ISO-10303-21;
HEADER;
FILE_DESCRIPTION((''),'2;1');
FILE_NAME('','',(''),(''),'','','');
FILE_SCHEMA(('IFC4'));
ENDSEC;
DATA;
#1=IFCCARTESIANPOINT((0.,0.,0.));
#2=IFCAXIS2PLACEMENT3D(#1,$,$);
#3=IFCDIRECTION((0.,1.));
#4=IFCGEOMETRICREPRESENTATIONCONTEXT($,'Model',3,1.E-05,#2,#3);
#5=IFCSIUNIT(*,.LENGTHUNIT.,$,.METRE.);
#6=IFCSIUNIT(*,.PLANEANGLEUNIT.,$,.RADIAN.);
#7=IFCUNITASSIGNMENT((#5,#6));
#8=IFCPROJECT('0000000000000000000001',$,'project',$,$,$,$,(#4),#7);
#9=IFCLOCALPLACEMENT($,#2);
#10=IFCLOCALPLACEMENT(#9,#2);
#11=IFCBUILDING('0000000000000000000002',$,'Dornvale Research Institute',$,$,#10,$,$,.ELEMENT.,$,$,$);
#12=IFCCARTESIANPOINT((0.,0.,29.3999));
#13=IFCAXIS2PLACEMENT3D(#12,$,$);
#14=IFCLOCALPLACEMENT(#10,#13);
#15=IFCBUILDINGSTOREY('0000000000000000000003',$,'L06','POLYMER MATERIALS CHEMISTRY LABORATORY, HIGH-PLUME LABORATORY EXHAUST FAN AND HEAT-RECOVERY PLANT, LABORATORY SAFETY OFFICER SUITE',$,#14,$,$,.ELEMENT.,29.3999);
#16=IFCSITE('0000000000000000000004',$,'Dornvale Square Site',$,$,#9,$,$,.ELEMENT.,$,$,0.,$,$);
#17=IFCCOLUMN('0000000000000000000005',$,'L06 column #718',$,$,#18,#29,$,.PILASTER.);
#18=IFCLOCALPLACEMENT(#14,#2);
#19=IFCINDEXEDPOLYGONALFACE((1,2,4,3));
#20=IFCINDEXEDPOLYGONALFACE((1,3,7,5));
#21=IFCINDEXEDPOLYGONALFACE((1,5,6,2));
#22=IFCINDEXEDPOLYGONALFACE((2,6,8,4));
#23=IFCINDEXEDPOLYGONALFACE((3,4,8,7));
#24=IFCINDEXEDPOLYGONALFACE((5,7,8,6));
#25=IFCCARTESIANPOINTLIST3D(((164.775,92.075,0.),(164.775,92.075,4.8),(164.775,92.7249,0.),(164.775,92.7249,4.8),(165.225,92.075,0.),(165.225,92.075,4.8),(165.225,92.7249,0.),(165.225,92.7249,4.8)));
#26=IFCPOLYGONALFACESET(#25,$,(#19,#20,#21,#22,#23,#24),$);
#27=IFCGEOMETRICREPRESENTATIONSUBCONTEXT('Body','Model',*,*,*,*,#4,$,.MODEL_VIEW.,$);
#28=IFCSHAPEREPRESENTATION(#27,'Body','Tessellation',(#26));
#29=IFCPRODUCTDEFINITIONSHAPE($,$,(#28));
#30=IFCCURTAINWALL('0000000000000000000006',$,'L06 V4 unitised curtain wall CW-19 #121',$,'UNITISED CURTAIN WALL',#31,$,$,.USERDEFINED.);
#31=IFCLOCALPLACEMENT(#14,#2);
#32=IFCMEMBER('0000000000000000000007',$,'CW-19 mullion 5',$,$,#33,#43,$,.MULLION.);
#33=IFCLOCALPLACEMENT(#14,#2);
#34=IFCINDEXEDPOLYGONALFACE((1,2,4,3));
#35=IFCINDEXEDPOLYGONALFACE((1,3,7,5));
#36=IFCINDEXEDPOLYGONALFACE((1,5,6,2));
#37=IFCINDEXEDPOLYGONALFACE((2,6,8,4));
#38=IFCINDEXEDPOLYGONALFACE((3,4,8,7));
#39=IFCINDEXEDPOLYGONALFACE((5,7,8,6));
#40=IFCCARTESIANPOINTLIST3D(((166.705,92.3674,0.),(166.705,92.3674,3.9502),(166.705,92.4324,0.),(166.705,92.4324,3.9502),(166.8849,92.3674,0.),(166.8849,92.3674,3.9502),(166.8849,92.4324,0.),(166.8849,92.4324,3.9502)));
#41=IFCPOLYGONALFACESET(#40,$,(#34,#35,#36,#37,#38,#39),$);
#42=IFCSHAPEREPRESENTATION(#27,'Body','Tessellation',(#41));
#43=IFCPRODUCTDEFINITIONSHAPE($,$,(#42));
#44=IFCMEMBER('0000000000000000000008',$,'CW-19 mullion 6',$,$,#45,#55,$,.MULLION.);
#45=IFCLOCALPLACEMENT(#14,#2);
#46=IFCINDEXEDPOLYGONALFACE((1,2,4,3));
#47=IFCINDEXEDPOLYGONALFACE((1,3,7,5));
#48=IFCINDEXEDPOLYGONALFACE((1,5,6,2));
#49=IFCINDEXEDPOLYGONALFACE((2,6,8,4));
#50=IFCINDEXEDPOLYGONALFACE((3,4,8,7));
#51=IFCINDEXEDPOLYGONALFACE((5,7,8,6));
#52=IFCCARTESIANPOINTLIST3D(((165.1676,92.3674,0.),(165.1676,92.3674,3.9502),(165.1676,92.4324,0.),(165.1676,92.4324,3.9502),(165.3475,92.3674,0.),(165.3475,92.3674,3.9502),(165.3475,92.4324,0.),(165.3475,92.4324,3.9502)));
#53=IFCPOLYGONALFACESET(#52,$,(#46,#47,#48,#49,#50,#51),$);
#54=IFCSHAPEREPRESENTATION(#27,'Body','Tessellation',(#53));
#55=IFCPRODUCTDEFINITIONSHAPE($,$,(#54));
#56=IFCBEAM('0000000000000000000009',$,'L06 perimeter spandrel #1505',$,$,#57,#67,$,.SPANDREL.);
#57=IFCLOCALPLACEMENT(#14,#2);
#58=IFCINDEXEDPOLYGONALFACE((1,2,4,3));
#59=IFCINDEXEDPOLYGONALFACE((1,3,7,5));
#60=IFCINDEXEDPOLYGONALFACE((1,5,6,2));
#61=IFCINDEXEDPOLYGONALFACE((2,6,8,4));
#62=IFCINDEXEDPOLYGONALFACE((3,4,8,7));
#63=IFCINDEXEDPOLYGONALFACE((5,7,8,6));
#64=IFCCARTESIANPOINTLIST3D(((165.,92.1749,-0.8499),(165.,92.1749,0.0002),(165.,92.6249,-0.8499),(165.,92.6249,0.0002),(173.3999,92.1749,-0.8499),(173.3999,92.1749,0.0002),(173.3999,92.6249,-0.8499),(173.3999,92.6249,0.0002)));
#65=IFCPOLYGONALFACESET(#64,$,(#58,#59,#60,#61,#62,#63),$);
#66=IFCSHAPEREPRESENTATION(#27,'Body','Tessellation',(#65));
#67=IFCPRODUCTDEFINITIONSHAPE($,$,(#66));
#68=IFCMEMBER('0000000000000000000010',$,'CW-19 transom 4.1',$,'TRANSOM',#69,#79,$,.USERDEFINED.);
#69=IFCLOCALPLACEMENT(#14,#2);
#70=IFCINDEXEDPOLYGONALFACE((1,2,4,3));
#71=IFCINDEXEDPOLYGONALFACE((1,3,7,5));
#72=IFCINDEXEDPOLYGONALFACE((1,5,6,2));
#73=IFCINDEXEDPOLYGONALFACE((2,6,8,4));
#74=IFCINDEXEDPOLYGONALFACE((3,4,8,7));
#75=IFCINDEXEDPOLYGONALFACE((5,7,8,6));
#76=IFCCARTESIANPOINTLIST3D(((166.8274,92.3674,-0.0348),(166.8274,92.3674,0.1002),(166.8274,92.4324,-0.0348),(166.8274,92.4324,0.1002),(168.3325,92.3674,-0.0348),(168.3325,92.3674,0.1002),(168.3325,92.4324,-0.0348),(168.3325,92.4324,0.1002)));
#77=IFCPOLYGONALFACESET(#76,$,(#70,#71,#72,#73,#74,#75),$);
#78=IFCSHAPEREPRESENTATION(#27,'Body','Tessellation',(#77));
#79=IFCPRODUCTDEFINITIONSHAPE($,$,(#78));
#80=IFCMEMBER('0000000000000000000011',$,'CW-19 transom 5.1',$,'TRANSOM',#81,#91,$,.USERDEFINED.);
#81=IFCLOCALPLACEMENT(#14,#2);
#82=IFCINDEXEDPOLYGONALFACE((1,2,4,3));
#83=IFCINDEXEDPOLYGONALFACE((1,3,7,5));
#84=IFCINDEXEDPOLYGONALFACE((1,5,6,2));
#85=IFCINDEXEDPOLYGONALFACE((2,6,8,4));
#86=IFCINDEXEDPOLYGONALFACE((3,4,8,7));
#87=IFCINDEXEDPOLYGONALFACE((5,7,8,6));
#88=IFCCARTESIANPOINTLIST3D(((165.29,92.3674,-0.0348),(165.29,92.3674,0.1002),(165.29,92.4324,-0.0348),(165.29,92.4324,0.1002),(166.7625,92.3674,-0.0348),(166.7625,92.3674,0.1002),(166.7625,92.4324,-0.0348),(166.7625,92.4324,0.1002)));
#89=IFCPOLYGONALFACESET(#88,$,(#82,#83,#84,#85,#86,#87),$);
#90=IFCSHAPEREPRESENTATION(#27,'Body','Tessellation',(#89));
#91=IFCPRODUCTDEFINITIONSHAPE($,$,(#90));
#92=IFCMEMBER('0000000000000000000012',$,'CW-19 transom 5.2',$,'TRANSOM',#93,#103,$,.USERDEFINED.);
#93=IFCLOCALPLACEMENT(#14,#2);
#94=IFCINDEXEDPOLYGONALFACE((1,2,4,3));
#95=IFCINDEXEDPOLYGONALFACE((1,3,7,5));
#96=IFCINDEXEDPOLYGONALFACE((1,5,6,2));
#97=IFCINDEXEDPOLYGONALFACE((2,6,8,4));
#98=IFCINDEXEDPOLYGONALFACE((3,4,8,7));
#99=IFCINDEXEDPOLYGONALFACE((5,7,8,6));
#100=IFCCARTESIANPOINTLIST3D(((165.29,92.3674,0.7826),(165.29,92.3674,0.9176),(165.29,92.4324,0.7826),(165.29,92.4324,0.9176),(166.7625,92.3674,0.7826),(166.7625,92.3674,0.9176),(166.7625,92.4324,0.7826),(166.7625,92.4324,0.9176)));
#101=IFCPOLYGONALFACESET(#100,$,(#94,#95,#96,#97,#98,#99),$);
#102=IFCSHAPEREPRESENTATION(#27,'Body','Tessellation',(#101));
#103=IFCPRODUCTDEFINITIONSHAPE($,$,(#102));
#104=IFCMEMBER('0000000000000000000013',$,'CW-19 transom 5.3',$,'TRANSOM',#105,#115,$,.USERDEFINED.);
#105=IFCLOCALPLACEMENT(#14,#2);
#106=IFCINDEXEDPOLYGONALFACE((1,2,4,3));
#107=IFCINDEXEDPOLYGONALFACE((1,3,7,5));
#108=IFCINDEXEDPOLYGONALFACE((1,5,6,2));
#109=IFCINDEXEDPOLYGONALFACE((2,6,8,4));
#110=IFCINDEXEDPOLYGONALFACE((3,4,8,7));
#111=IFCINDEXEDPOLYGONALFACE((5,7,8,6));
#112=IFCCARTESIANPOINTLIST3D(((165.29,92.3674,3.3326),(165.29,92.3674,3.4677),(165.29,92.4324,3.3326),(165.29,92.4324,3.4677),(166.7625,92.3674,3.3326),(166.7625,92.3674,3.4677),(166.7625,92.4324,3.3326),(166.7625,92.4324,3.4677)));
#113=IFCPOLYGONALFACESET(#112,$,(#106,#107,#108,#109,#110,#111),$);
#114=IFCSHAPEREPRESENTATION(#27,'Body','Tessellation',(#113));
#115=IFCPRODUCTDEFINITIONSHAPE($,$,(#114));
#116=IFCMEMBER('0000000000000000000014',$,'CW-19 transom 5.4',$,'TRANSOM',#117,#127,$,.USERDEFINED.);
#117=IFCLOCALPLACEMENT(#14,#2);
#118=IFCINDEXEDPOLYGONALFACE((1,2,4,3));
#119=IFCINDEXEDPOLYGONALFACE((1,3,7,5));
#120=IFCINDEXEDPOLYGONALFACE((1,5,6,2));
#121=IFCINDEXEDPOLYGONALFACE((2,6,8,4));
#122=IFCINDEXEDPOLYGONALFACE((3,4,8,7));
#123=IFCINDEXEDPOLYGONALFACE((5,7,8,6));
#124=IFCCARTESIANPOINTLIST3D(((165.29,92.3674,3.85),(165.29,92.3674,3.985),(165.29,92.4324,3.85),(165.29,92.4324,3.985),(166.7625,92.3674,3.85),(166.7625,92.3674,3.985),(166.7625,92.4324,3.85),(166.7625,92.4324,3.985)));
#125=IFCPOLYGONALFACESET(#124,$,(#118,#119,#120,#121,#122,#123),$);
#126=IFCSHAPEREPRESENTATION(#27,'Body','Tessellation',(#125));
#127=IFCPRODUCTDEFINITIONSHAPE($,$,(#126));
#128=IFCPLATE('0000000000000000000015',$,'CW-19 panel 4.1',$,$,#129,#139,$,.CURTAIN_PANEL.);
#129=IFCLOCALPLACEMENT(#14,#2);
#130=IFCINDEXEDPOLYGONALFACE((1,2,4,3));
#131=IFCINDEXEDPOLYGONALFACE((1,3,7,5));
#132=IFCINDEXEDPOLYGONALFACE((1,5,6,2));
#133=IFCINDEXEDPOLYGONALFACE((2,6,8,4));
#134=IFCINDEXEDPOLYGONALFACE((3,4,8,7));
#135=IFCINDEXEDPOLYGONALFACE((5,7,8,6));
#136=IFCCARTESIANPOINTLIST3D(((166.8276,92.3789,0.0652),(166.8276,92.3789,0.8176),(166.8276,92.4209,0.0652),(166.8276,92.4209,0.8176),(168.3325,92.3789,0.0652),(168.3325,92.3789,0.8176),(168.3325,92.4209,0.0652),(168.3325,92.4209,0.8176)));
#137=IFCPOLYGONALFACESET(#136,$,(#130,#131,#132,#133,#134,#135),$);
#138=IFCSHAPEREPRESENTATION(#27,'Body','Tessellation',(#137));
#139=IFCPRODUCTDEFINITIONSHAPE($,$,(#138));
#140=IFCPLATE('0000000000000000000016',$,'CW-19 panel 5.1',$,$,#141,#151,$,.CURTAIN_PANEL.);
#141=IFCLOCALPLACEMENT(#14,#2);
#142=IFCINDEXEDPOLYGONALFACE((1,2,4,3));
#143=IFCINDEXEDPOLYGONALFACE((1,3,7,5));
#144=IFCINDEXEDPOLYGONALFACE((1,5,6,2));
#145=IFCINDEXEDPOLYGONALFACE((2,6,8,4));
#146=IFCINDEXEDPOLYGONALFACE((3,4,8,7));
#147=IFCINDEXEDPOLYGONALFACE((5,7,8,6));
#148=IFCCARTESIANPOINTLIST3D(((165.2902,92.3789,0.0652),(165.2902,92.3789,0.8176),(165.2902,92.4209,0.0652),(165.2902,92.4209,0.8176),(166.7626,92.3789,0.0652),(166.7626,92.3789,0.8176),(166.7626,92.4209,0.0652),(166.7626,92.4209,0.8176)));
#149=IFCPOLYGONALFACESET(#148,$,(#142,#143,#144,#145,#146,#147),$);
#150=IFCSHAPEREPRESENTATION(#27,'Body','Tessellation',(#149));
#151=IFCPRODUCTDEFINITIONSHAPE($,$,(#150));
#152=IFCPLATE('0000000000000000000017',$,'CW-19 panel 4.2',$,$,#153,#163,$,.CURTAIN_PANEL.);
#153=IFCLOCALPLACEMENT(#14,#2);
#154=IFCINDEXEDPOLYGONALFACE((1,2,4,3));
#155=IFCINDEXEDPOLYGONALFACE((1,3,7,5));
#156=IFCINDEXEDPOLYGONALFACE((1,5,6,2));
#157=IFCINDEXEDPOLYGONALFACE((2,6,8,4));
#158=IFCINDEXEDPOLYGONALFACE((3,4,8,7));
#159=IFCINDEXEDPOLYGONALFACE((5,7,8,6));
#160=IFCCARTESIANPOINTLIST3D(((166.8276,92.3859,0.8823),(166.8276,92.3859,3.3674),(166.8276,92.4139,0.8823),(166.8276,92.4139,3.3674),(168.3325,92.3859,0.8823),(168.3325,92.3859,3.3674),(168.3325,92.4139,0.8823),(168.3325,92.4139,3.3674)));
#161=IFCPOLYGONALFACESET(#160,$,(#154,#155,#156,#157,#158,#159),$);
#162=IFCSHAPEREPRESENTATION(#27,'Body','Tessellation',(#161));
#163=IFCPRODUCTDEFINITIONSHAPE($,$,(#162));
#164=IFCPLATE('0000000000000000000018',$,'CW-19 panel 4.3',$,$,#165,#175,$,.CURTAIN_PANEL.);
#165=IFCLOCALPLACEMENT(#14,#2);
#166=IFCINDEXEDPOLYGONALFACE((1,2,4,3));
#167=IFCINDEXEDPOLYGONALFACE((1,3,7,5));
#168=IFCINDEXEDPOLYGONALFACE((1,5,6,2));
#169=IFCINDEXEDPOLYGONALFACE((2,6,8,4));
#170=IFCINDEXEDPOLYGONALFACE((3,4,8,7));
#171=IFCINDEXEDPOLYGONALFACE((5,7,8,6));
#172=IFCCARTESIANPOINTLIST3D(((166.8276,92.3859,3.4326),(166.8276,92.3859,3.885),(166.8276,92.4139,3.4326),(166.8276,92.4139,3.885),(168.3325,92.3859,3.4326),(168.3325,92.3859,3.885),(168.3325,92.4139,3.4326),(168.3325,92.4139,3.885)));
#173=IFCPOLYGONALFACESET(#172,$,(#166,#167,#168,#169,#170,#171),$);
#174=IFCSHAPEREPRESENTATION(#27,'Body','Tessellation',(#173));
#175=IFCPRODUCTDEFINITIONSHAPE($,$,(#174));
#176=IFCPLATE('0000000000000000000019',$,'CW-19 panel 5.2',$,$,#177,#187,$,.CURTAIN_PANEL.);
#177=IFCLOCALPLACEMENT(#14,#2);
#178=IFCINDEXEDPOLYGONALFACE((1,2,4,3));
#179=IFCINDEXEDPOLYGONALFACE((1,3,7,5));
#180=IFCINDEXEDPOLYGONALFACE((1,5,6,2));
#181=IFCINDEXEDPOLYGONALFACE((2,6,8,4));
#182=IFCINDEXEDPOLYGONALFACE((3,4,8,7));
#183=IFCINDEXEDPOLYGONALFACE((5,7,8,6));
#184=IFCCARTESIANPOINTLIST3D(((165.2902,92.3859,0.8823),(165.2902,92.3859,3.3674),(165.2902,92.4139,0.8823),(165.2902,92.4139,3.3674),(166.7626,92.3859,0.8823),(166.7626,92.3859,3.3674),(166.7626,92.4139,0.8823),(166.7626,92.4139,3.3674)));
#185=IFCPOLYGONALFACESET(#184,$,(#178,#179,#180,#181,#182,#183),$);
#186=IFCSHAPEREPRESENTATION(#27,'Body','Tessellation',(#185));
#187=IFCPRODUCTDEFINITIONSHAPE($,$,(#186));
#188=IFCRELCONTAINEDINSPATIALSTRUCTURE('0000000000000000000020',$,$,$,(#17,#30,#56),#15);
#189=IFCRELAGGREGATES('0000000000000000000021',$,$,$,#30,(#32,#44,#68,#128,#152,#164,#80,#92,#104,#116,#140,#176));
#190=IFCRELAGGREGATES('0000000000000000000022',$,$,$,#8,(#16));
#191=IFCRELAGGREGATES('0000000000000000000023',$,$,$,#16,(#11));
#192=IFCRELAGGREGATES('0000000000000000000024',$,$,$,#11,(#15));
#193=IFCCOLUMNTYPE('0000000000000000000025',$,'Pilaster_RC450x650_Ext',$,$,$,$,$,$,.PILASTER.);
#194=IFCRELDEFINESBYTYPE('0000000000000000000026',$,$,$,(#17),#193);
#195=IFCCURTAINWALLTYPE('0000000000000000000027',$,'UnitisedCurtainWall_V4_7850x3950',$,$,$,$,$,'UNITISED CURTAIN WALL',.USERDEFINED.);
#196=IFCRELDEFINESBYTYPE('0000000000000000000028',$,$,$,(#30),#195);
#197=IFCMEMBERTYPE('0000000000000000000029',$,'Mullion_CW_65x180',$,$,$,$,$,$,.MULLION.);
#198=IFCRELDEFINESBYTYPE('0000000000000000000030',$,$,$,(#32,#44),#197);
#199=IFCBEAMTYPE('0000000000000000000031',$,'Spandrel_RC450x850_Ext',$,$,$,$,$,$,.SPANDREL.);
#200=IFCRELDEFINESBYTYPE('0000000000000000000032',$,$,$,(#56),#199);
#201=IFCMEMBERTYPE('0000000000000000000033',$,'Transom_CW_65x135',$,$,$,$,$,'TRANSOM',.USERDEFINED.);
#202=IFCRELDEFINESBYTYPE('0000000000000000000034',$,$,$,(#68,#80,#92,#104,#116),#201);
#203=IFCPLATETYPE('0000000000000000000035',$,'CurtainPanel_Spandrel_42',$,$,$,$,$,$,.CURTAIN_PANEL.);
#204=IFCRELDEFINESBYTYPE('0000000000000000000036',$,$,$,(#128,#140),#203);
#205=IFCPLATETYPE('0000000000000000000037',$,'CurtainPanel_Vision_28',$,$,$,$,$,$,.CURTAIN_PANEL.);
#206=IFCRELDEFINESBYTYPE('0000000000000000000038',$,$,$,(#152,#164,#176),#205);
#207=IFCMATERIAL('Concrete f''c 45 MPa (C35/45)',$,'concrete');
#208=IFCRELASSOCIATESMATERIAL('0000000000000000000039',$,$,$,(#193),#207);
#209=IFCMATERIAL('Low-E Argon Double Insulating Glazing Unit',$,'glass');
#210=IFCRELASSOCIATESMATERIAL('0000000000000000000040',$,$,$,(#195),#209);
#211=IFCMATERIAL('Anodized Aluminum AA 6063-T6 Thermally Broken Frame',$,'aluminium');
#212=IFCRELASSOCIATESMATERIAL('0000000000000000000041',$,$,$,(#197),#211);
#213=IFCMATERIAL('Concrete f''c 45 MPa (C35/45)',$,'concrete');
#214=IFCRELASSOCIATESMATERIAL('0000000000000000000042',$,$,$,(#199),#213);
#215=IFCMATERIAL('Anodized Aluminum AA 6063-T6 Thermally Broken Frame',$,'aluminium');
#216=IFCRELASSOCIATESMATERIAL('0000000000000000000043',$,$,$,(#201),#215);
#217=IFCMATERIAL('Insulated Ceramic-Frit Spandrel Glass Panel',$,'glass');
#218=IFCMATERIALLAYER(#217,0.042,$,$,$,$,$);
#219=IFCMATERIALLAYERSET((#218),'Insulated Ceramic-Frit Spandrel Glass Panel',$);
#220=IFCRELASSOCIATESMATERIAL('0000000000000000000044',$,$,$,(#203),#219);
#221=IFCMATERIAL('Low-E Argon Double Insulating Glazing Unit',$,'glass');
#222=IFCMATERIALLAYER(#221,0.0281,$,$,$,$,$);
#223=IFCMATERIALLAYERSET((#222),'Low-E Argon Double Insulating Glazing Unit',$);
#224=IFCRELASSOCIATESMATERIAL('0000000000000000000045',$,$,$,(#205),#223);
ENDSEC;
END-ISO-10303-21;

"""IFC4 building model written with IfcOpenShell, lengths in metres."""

from ifc_helpers import new_model, si_unit, direction, frame, origin, origin_2d, place, context, subcontext, project, spatial, rectangle, extrude, material, layer, layer_set, material_profile, profile_set, type_object, element, aggregate, save


model = new_model("IFC4")

# Units and contexts
model_context = context("Model", 3, precision=1e-05, world=origin(), true_north=direction((0.0, 1.0)))
body_context = subcontext(model_context, "Body", "Model", "MODEL_VIEW")
ifc_project = project(units=[si_unit("LENGTHUNIT", "METRE"), si_unit("PLANEANGLEUNIT", "RADIAN")], contexts=[model_context])

# Site, building, storey
site_placement = place(None, origin())
site = spatial("IfcSite", under=ifc_project, at=site_placement, Name="Dornvale Square Site", CompositionType="ELEMENT", RefElevation=0.0)
building_placement = place(site_placement, origin())
building = spatial("IfcBuilding", under=site, at=building_placement, Name="Dornvale Research Institute", CompositionType="ELEMENT")
storey_placement = place(building_placement, frame((0.0, 0.0, 29.3999)))
storey = spatial("IfcBuildingStorey", under=building, at=storey_placement, Name="L06", Description="POLYMER MATERIALS CHEMISTRY LABORATORY, HIGH-PLUME LABORATORY EXHAUST FAN AND HEAT-RECOVERY PLANT, LABORATORY SAFETY OFFICER SUITE", CompositionType="ELEMENT", Elevation=29.3999)

# Column
ifc_material_1 = material(Name="Concrete f'c 45 MPa (C35/45)", Category="concrete")
ifc_material_profile_1 = material_profile(ifc_material_1, rectangle(XDim=0.45, YDim=0.6499, at=origin_2d()), Name="RC 450x650")
ifc_profile_set_1 = profile_set([ifc_material_profile_1], Name="Concrete f'c 45 MPa (C35/45)")
column_type = type_object("IfcColumnType", Name="Pilaster_RC450x650_Ext", PredefinedType="PILASTER", material=ifc_profile_set_1)
column_placement = place(storey_placement, frame((165.0, 92.3999, 0.0), z_axis=(0.0, 0.0, 1.0), x_axis=(1.0, 0.0, 0.0)))
element("IfcColumn", 1, at=column_placement, inside=storey, type_object=column_type, Name="L06 column #718", PredefinedType="PILASTER", context=body_context, shape_type="SweptSolid", body=[
    extrude(rectangle(XDim=0.45, YDim=0.6499, at=origin_2d()), origin(), (0.0, 0.0, 1.0), 4.8),
])

# Curtain wall, members
ifc_material_2 = material(Name="Low-E Argon Double Insulating Glazing Unit", Category="glass")
curtain_wall_type = type_object("IfcCurtainWallType", Name="UnitisedCurtainWall_V4_7850x3950", ElementType="UNITISED CURTAIN WALL", PredefinedType="USERDEFINED", material=ifc_material_2)
curtain_wall_placement = place(storey_placement, origin())
curtain_wall = element("IfcCurtainWall", 2, at=curtain_wall_placement, inside=storey, type_object=curtain_wall_type, Name="L06 V4 unitised curtain wall CW-19 #121", ObjectType="UNITISED CURTAIN WALL", PredefinedType="USERDEFINED")
ifc_material_3 = material(Name="Anodized Aluminum AA 6063-T6 Thermally Broken Frame", Category="aluminium")
ifc_material_profile_2 = material_profile(ifc_material_3, rectangle(XDim=0.0649, YDim=0.1799, at=origin_2d()), Name="ALU MULLION 65x180")
ifc_profile_set_2 = profile_set([ifc_material_profile_2], Name="Anodized Aluminum AA 6063-T6 Thermally Broken Frame")
member_type_1 = type_object("IfcMemberType", Name="Mullion_CW_65x180", PredefinedType="MULLION", material=ifc_profile_set_2)
member_1_placement = place(storey_placement, frame((166.7949, 92.3999, 0.0), z_axis=(0.0, 0.0, 1.0), x_axis=(0.0, -1.0, 0.0)))
member_1 = element("IfcMember", 3, at=member_1_placement, type_object=member_type_1, Name="CW-19 mullion 5", PredefinedType="MULLION", context=body_context, shape_type="SweptSolid", body=[
    extrude(rectangle(XDim=0.0649, YDim=0.1799, at=origin_2d()), origin(), (0.0, 0.0, 1.0), 3.9502),
])
member_2_placement = place(storey_placement, frame((165.2576, 92.3999, 0.0), z_axis=(0.0, 0.0, 1.0), x_axis=(0.0, -1.0, 0.0)))
member_2 = element("IfcMember", 4, at=member_2_placement, type_object=member_type_1, Name="CW-19 mullion 6", PredefinedType="MULLION", context=body_context, shape_type="SweptSolid", body=[
    extrude(rectangle(XDim=0.0649, YDim=0.1799, at=origin_2d()), origin(), (0.0, 0.0, 1.0), 3.9502),
])

# Beam
ifc_material_4 = material(Name="Concrete f'c 45 MPa (C35/45)", Category="concrete")
ifc_material_profile_3 = material_profile(ifc_material_4, rectangle(XDim=0.45, YDim=0.8501, at=origin_2d()), Name="RC 450x850")
ifc_profile_set_3 = profile_set([ifc_material_profile_3], Name="Concrete f'c 45 MPa (C35/45)")
beam_type = type_object("IfcBeamType", Name="Spandrel_RC450x850_Ext", PredefinedType="SPANDREL", material=ifc_profile_set_3)
beam_placement = place(storey_placement, frame((165.0, 92.3999, -0.4248), z_axis=(1.0, 0.0, 0.0), x_axis=(0.0, 1.0, 0.0)))
element("IfcBeam", 5, at=beam_placement, inside=storey, type_object=beam_type, Name="L06 perimeter spandrel #1505", PredefinedType="SPANDREL", context=body_context, shape_type="SweptSolid", body=[
    extrude(rectangle(XDim=0.45, YDim=0.8501, at=origin_2d()), origin(), (0.0, 0.0, 1.0), 8.3999),
])

# Members
ifc_material_5 = material(Name="Anodized Aluminum AA 6063-T6 Thermally Broken Frame", Category="aluminium")
ifc_material_profile_4 = material_profile(ifc_material_5, rectangle(XDim=0.0649, YDim=0.135, at=origin_2d()), Name="ALU TRANSOM 65x135")
ifc_profile_set_4 = profile_set([ifc_material_profile_4], Name="Anodized Aluminum AA 6063-T6 Thermally Broken Frame")
member_type_2 = type_object("IfcMemberType", Name="Transom_CW_65x135", ElementType="TRANSOM", PredefinedType="USERDEFINED", material=ifc_profile_set_4)
member_3_placement = place(storey_placement, frame((168.3325, 92.3999, 0.0327), z_axis=(-1.0, 0.0, 0.0), x_axis=(0.0, -1.0, 0.0)))
member_3 = element("IfcMember", 6, at=member_3_placement, type_object=member_type_2, Name="CW-19 transom 4.1", ObjectType="TRANSOM", PredefinedType="USERDEFINED", context=body_context, shape_type="SweptSolid", body=[
    extrude(rectangle(XDim=0.0649, YDim=0.135, at=origin_2d()), origin(), (0.0, 0.0, 1.0), 1.5051),
])
member_4_placement = place(storey_placement, frame((166.7625, 92.3999, 0.0327), z_axis=(-1.0, 0.0, 0.0), x_axis=(0.0, -1.0, 0.0)))
member_4 = element("IfcMember", 7, at=member_4_placement, type_object=member_type_2, Name="CW-19 transom 5.1", ObjectType="TRANSOM", PredefinedType="USERDEFINED", context=body_context, shape_type="SweptSolid", body=[
    extrude(rectangle(XDim=0.0649, YDim=0.135, at=origin_2d()), origin(), (0.0, 0.0, 1.0), 1.4724),
])
member_5_placement = place(storey_placement, frame((166.7625, 92.3999, 0.8501), z_axis=(-1.0, 0.0, 0.0), x_axis=(0.0, -1.0, 0.0)))
member_5 = element("IfcMember", 8, at=member_5_placement, type_object=member_type_2, Name="CW-19 transom 5.2", ObjectType="TRANSOM", PredefinedType="USERDEFINED", context=body_context, shape_type="SweptSolid", body=[
    extrude(rectangle(XDim=0.0649, YDim=0.135, at=origin_2d()), origin(), (0.0, 0.0, 1.0), 1.4724),
])
member_6_placement = place(storey_placement, frame((166.7625, 92.3999, 3.4001), z_axis=(-1.0, 0.0, 0.0), x_axis=(0.0, -1.0, 0.0)))
member_6 = element("IfcMember", 9, at=member_6_placement, type_object=member_type_2, Name="CW-19 transom 5.3", ObjectType="TRANSOM", PredefinedType="USERDEFINED", context=body_context, shape_type="SweptSolid", body=[
    extrude(rectangle(XDim=0.0649, YDim=0.135, at=origin_2d()), origin(), (0.0, 0.0, 1.0), 1.4724),
])
member_7_placement = place(storey_placement, frame((166.7625, 92.3999, 3.9175), z_axis=(-1.0, 0.0, 0.0), x_axis=(0.0, -1.0, 0.0)))
member_7 = element("IfcMember", 10, at=member_7_placement, type_object=member_type_2, Name="CW-19 transom 5.4", ObjectType="TRANSOM", PredefinedType="USERDEFINED", context=body_context, shape_type="SweptSolid", body=[
    extrude(rectangle(XDim=0.0649, YDim=0.135, at=origin_2d()), origin(), (0.0, 0.0, 1.0), 1.4724),
])

# Plates
ifc_material_6 = material(Name="Insulated Ceramic-Frit Spandrel Glass Panel", Category="glass")
ifc_layer_1 = layer(ifc_material_6, 0.042)
ifc_layer_set_1 = layer_set([ifc_layer_1], Name="Insulated Ceramic-Frit Spandrel Glass Panel")
plate_type_1 = type_object("IfcPlateType", Name="CurtainPanel_Spandrel_42", PredefinedType="CURTAIN_PANEL", material=ifc_layer_set_1)
plate_1_placement = place(storey_placement, frame((167.5801, 92.3999, 0.0652), z_axis=(0.0, 0.0, 1.0), x_axis=(-1.0, 0.0, 0.0)))
plate_1 = element("IfcPlate", 11, at=plate_1_placement, type_object=plate_type_1, Name="CW-19 panel 4.1", PredefinedType="CURTAIN_PANEL", context=body_context, shape_type="SweptSolid", body=[
    extrude(rectangle(XDim=1.5049, YDim=0.042, at=origin_2d()), origin(), (0.0, 0.0, 1.0), 0.7524),
])
plate_2_placement = place(storey_placement, frame((166.0264, 92.3999, 0.0652), z_axis=(0.0, 0.0, 1.0), x_axis=(-1.0, 0.0, 0.0)))
plate_2 = element("IfcPlate", 12, at=plate_2_placement, type_object=plate_type_1, Name="CW-19 panel 5.1", PredefinedType="CURTAIN_PANEL", context=body_context, shape_type="SweptSolid", body=[
    extrude(rectangle(XDim=1.4724, YDim=0.042, at=origin_2d()), origin(), (0.0, 0.0, 1.0), 0.7524),
])
ifc_material_7 = material(Name="Low-E Argon Double Insulating Glazing Unit", Category="glass")
ifc_layer_2 = layer(ifc_material_7, 0.0281)
ifc_layer_set_2 = layer_set([ifc_layer_2], Name="Low-E Argon Double Insulating Glazing Unit")
plate_type_2 = type_object("IfcPlateType", Name="CurtainPanel_Vision_28", PredefinedType="CURTAIN_PANEL", material=ifc_layer_set_2)
plate_3_placement = place(storey_placement, frame((167.5801, 92.3999, 0.8823), z_axis=(0.0, 0.0, 1.0), x_axis=(-1.0, 0.0, 0.0)))
plate_3 = element("IfcPlate", 13, at=plate_3_placement, type_object=plate_type_2, Name="CW-19 panel 4.2", PredefinedType="CURTAIN_PANEL", context=body_context, shape_type="SweptSolid", body=[
    extrude(rectangle(XDim=1.5049, YDim=0.0281, at=origin_2d()), origin(), (0.0, 0.0, 1.0), 2.4851),
])
plate_4_placement = place(storey_placement, frame((167.5801, 92.3999, 3.4326), z_axis=(0.0, 0.0, 1.0), x_axis=(-1.0, 0.0, 0.0)))
plate_4 = element("IfcPlate", 14, at=plate_4_placement, type_object=plate_type_2, Name="CW-19 panel 4.3", PredefinedType="CURTAIN_PANEL", context=body_context, shape_type="SweptSolid", body=[
    extrude(rectangle(XDim=1.5049, YDim=0.0281, at=origin_2d()), origin(), (0.0, 0.0, 1.0), 0.4524),
])
plate_5_placement = place(storey_placement, frame((166.0264, 92.3999, 0.8823), z_axis=(0.0, 0.0, 1.0), x_axis=(-1.0, 0.0, 0.0)))
plate_5 = element("IfcPlate", 15, at=plate_5_placement, type_object=plate_type_2, Name="CW-19 panel 5.2", PredefinedType="CURTAIN_PANEL", context=body_context, shape_type="SweptSolid", body=[
    extrude(rectangle(XDim=1.4724, YDim=0.0281, at=origin_2d()), origin(), (0.0, 0.0, 1.0), 2.4851),
])
aggregate(curtain_wall, [member_1, member_2, member_3, plate_1, plate_3, plate_4, member_4, member_5, member_6, member_7, plate_2, plate_5])

save(model, "model.ifc")
